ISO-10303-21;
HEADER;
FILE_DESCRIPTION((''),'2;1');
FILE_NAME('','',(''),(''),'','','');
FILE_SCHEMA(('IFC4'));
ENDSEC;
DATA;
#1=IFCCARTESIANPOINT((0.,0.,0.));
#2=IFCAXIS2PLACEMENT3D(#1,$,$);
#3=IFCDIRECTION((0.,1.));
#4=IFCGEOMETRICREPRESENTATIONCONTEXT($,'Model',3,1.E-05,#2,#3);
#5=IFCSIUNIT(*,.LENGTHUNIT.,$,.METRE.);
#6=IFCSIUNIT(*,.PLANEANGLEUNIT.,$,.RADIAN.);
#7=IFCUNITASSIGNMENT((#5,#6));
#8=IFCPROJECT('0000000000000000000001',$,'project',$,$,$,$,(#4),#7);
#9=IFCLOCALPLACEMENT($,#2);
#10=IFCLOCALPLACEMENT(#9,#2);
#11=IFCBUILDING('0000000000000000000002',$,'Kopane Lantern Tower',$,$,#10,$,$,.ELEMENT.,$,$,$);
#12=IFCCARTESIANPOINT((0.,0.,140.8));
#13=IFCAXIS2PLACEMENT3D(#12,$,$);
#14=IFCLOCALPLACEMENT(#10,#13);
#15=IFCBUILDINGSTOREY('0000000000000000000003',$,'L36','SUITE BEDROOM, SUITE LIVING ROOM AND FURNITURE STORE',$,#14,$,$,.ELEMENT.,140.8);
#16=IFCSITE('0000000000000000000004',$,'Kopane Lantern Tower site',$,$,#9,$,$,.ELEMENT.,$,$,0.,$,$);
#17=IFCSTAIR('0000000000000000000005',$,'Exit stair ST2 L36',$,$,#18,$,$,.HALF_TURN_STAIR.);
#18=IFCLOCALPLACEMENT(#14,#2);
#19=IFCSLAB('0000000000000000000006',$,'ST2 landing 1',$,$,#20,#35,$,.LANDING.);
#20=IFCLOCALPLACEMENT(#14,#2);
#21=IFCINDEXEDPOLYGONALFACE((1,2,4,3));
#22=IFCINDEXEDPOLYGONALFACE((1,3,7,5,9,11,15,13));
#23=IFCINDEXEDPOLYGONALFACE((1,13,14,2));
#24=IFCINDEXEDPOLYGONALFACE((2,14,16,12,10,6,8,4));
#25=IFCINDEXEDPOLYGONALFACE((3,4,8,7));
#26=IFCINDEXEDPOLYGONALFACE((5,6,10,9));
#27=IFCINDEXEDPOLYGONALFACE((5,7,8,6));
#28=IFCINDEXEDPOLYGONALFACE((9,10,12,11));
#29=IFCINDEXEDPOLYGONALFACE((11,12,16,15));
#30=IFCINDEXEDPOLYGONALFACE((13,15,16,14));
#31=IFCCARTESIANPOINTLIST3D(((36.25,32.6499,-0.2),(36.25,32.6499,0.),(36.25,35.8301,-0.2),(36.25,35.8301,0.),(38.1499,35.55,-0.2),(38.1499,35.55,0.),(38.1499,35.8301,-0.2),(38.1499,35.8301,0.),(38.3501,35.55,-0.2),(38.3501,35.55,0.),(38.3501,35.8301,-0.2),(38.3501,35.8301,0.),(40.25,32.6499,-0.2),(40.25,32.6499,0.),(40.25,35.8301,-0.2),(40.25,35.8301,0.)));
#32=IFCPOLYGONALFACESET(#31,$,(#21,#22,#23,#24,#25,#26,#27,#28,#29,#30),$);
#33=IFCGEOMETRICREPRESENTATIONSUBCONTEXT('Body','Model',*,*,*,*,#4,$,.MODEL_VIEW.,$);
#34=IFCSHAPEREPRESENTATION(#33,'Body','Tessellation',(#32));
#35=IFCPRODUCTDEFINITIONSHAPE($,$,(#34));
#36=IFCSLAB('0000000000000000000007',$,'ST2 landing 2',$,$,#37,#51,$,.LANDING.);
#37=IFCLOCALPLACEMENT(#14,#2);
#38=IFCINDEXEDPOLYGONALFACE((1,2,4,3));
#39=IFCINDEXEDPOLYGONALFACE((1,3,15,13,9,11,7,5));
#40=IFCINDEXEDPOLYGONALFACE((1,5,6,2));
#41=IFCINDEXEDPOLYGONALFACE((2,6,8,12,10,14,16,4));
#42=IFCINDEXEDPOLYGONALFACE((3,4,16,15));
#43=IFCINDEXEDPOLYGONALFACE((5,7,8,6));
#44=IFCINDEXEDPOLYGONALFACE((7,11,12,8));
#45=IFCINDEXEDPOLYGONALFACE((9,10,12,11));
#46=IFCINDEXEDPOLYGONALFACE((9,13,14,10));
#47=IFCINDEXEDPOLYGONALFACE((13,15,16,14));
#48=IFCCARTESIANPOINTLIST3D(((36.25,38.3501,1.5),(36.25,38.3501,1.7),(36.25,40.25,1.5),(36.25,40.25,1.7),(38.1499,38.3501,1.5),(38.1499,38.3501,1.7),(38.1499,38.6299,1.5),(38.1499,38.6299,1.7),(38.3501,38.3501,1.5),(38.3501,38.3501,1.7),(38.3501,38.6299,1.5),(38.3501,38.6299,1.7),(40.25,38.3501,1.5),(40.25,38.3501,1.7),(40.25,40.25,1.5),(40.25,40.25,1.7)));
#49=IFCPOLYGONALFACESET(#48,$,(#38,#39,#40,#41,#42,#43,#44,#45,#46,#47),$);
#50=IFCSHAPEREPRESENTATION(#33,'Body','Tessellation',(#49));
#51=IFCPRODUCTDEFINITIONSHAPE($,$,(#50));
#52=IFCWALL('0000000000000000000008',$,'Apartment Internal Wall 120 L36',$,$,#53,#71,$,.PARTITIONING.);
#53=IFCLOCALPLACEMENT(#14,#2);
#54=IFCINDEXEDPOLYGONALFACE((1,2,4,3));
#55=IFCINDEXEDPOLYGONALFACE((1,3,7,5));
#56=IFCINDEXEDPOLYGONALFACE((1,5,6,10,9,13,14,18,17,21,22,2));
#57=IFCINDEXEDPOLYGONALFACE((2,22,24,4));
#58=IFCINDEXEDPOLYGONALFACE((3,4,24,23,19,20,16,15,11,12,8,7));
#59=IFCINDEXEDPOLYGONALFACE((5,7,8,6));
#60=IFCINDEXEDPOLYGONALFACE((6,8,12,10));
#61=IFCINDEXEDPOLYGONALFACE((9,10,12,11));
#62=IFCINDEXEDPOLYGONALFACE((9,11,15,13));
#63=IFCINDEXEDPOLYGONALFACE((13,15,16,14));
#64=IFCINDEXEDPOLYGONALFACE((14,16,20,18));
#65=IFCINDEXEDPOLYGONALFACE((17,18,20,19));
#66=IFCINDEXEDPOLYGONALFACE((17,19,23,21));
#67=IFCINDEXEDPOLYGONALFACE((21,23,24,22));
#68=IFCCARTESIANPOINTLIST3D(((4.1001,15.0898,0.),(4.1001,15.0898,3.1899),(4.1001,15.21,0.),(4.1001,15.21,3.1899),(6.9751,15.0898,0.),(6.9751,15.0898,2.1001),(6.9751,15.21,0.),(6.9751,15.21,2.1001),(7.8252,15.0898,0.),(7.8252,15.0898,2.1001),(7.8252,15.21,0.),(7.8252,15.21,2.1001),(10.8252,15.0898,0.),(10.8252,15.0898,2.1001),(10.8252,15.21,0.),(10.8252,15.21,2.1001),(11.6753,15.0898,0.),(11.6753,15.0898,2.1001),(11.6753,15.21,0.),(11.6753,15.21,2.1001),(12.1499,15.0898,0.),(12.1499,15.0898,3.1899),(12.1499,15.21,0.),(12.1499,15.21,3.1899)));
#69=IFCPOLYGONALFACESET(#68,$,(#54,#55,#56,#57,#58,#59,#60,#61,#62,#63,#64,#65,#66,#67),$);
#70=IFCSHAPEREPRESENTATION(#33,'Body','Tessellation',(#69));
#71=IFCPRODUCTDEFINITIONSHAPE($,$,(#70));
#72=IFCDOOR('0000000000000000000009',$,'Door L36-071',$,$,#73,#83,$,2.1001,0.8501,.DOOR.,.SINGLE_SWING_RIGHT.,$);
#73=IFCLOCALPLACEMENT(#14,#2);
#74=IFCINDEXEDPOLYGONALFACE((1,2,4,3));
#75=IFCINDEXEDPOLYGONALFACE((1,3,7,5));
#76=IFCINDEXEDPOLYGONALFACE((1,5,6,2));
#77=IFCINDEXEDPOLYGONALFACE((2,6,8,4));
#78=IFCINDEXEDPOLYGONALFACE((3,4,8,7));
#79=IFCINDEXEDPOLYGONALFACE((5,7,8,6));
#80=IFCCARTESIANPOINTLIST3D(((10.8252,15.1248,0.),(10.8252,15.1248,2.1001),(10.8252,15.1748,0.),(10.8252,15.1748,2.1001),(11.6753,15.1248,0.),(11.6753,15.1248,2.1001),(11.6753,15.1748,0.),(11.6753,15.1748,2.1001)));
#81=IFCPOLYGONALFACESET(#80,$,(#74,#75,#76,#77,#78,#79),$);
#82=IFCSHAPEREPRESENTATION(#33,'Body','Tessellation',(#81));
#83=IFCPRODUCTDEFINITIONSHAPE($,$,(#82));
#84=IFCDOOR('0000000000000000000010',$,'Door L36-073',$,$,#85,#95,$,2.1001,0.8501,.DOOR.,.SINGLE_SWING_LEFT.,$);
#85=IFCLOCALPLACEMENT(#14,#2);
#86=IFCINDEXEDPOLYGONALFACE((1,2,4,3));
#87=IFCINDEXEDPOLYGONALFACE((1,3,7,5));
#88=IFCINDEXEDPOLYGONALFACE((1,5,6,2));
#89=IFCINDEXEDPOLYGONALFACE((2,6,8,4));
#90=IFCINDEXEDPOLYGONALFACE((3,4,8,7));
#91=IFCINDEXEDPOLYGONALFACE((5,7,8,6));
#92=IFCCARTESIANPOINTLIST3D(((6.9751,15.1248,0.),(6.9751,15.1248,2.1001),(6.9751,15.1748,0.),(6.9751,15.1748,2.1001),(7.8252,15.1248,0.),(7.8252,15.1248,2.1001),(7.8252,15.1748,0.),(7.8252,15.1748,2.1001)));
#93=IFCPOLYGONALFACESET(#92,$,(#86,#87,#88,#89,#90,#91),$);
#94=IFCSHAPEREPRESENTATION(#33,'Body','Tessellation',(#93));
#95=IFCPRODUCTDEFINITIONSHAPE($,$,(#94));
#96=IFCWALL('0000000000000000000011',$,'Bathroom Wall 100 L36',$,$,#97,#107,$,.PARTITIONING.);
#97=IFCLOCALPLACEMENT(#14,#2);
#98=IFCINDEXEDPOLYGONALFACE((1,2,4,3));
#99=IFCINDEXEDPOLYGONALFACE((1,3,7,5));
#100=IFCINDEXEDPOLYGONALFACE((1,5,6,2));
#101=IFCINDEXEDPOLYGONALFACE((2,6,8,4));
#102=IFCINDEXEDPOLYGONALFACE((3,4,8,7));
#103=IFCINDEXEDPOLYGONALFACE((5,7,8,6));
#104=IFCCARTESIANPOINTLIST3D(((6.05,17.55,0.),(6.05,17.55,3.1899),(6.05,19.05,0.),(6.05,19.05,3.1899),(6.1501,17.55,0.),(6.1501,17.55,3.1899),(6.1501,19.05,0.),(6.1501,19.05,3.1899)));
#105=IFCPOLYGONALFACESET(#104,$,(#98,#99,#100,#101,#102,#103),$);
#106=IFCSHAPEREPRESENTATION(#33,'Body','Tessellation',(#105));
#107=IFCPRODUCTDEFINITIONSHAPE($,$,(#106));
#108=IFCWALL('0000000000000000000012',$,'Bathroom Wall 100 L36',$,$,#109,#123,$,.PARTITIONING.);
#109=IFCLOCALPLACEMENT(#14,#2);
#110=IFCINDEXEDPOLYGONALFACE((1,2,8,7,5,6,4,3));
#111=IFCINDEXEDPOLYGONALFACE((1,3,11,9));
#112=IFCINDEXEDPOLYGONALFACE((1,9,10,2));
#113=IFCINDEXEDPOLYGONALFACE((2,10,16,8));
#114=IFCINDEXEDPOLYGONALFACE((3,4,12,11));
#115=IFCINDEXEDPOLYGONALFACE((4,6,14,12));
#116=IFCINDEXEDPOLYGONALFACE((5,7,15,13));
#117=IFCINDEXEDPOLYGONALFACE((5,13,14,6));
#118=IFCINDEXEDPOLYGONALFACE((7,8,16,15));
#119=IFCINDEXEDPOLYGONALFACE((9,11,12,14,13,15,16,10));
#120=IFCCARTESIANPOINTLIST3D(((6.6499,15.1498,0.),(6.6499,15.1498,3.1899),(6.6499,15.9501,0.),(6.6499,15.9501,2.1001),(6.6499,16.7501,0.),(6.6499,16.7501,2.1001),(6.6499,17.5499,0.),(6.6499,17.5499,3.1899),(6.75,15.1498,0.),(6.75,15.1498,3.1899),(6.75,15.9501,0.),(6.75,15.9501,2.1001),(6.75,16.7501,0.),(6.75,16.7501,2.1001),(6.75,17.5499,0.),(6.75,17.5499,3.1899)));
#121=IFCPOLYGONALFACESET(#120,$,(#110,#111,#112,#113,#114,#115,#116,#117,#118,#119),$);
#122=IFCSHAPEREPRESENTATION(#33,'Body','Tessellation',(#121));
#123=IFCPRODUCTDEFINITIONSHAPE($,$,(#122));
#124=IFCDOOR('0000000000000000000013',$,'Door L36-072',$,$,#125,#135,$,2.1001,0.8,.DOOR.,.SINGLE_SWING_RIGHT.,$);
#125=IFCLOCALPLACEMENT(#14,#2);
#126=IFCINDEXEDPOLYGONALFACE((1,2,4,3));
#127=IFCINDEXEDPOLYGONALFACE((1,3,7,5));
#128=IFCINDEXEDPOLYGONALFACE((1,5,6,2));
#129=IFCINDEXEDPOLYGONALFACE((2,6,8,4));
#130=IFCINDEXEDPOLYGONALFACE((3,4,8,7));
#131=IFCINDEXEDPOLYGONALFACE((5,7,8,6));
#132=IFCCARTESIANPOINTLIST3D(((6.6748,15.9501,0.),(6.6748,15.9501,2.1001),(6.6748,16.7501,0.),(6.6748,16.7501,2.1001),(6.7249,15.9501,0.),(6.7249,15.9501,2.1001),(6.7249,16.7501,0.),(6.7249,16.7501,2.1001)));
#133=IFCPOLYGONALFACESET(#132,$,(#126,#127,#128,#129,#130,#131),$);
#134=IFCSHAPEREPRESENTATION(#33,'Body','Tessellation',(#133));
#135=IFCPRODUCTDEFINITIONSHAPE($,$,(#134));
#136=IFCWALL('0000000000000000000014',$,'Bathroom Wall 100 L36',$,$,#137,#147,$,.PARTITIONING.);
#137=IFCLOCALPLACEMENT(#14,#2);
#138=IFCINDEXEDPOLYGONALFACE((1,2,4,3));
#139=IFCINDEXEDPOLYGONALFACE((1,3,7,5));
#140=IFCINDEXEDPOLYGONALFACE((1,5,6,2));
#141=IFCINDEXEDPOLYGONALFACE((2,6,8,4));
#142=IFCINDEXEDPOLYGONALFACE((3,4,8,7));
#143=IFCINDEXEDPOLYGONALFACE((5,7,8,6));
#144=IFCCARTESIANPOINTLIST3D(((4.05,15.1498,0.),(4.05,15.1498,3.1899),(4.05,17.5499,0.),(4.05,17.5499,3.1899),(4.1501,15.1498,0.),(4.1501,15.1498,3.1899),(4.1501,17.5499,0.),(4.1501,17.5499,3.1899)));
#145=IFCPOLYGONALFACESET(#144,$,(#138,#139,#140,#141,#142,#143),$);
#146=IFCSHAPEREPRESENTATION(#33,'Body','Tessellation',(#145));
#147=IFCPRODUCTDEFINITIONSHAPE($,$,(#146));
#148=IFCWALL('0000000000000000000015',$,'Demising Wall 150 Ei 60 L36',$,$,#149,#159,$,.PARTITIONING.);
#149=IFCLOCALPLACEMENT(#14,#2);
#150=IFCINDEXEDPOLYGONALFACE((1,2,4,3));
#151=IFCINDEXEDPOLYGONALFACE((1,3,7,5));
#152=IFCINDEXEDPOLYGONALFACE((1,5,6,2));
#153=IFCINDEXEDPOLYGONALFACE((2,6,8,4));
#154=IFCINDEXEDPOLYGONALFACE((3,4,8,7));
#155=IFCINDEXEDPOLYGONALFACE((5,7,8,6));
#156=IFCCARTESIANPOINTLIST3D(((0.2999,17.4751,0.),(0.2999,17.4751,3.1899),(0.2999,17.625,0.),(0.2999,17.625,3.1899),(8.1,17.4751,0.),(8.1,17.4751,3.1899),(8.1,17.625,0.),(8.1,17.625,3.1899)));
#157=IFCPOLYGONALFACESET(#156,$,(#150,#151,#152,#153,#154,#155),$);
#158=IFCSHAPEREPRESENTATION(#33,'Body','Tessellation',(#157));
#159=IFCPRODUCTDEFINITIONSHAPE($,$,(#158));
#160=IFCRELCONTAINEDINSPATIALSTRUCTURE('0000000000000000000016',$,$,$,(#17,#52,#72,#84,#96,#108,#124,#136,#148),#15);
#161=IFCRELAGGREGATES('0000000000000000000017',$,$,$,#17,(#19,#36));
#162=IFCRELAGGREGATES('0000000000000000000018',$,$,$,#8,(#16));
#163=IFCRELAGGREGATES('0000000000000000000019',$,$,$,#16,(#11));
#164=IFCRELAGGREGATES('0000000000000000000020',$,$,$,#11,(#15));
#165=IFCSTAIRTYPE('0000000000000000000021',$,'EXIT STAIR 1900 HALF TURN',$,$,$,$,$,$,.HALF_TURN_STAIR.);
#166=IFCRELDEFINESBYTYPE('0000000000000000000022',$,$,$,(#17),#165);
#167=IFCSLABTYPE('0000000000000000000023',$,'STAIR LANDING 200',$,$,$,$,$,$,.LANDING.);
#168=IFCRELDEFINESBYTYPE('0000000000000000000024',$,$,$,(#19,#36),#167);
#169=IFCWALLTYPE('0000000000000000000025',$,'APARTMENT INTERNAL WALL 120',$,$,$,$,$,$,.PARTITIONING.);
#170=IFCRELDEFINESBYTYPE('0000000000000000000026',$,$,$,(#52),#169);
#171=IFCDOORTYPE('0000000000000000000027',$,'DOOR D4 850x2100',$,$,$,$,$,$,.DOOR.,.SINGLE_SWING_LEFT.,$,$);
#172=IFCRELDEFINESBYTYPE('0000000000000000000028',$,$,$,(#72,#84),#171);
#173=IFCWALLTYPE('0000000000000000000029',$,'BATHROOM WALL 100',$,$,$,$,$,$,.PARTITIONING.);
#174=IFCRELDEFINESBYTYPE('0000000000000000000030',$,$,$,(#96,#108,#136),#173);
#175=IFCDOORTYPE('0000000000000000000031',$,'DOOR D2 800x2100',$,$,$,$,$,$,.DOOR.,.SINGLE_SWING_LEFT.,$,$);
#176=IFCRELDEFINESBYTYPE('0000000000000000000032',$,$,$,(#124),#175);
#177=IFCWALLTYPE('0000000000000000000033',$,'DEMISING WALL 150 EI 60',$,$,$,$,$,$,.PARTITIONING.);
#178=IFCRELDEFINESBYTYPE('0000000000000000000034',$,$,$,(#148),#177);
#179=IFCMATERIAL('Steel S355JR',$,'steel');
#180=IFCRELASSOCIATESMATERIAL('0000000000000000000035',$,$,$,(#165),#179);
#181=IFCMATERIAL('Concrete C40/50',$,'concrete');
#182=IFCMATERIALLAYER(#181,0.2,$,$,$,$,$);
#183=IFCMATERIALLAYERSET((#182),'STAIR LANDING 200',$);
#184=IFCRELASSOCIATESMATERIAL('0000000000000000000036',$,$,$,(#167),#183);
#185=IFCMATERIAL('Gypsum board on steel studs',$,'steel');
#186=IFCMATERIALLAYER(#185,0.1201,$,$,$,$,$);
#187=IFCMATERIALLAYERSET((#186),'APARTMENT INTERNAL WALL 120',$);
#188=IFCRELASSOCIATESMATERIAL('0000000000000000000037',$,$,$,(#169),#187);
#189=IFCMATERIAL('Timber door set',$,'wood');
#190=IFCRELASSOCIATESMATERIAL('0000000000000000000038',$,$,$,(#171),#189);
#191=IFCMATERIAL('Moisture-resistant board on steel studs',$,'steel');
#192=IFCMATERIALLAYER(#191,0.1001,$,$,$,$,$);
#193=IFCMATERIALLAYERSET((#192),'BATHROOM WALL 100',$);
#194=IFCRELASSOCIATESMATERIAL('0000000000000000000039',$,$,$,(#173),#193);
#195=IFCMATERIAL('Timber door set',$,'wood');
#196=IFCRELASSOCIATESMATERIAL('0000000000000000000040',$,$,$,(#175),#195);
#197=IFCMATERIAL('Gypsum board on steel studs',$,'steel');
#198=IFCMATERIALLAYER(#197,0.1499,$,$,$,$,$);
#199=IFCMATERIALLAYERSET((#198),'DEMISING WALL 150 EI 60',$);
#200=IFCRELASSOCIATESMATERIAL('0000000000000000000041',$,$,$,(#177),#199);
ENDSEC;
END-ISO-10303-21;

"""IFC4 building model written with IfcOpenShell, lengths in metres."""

from ifc_helpers import new_model, si_unit, direction, frame, frame_2d, origin, place, context, subcontext, project, spatial, polyline, rectangle, outline, extrude, material, layer, layer_set, type_object, element, fill, aggregate, save


model = new_model("IFC4")

# Units and contexts
model_context = context("Model", 3, precision=1e-05, world=origin(), true_north=direction((0.0, 1.0)))
body_context = subcontext(model_context, "Body", "Model", "MODEL_VIEW")
ifc_project = project(units=[si_unit("LENGTHUNIT", "METRE"), si_unit("PLANEANGLEUNIT", "RADIAN")], contexts=[model_context])

# Site, building, storey
site_placement = place(None, origin())
site = spatial("IfcSite", under=ifc_project, at=site_placement, Name="Kopane Lantern Tower site", CompositionType="ELEMENT", RefElevation=0.0)
building_placement = place(site_placement, origin())
building = spatial("IfcBuilding", under=site, at=building_placement, Name="Kopane Lantern Tower", CompositionType="ELEMENT")
storey_placement = place(building_placement, frame((0.0, 0.0, 140.8)))
storey = spatial("IfcBuildingStorey", under=building, at=storey_placement, Name="L36", Description="SUITE BEDROOM, SUITE LIVING ROOM AND FURNITURE STORE", CompositionType="ELEMENT", Elevation=140.8)

# Stair, slabs
ifc_material_1 = material(Name="Steel S355JR", Category="steel")
stair_type = type_object("IfcStairType", Name="EXIT STAIR 1900 HALF TURN", PredefinedType="HALF_TURN_STAIR", material=ifc_material_1)
ifc_material_2 = material(Name="Concrete C40/50", Category="concrete")
ifc_layer_1 = layer(ifc_material_2, 0.2)
ifc_layer_set_1 = layer_set([ifc_layer_1], Name="STAIR LANDING 200")
slab_type_1 = type_object("IfcSlabType", Name="STAIR LANDING 200", PredefinedType="LANDING", material=ifc_layer_set_1)
stair_1_placement = place(storey_placement, origin())
stair_1 = element("IfcStair", 1, at=stair_1_placement, inside=storey, type_object=stair_type, Name="Exit stair ST2 L36", PredefinedType="HALF_TURN_STAIR")
slab_1_placement = place(storey_placement, frame((0.0, 0.0, -0.2)))
slab_1 = element("IfcSlab", 2, at=slab_1_placement, type_object=slab_type_1, Name="ST2 landing 1", PredefinedType="LANDING", context=body_context, shape_type="SweptSolid", body=[
    extrude(outline(polyline([(40.25, 35.8301), (38.3501, 35.8301), (38.3501, 35.55), (38.1499, 35.55), (38.1499, 35.8301), (36.25, 35.8301), (36.25, 32.6499), (40.25, 32.6499), (40.25, 35.8301)])), origin(), (0.0, 0.0, 1.0), 0.2),
])
slab_2_placement = place(storey_placement, frame((0.0, 0.0, 1.5)))
slab_2 = element("IfcSlab", 3, at=slab_2_placement, type_object=slab_type_1, Name="ST2 landing 2", PredefinedType="LANDING", context=body_context, shape_type="SweptSolid", body=[
    extrude(outline(polyline([(38.1499, 38.6299), (38.3501, 38.6299), (38.3501, 38.3501), (40.25, 38.3501), (40.25, 40.25), (36.25, 40.25), (36.25, 38.3501), (38.1499, 38.3501), (38.1499, 38.6299)])), origin(), (0.0, 0.0, 1.0), 0.2),
])
aggregate(stair_1, [slab_1, slab_2])

# Wall, openings, doors
ifc_material_3 = material(Name="Gypsum board on steel studs", Category="steel")
ifc_layer_2 = layer(ifc_material_3, 0.1201)
ifc_layer_set_2 = layer_set([ifc_layer_2], Name="APARTMENT INTERNAL WALL 120")
wall_type_1 = type_object("IfcWallType", Name="APARTMENT INTERNAL WALL 120", PredefinedType="PARTITIONING", material=ifc_layer_set_2)
wall_1_placement = place(storey_placement, frame((4.1001, 15.1499, 0.0), z_axis=(0.0, 0.0, 1.0), x_axis=(1.0, 0.0, 0.0)))
wall_1 = element("IfcWall", 4, at=wall_1_placement, inside=storey, type_object=wall_type_1, Name="Apartment Internal Wall 120 L36", PredefinedType="PARTITIONING", context=body_context, shape_type="SweptSolid", body=[
    extrude(rectangle(XDim=8.0498, YDim=0.1201, at=frame_2d((4.0249, 0.0))), origin(), (0.0, 0.0, 1.0), 3.1899),
])
opening_1_placement = place(wall_1_placement, frame((6.7251, 0.0, 0.0)))
opening_1 = element("IfcOpeningElement", 5, at=opening_1_placement, cuts=wall_1, PredefinedType="OPENING", context=body_context, shape_type="SweptSolid", body=[
    extrude(rectangle(XDim=0.8501, YDim=2.1001, at=frame_2d((0.425, 1.05))), frame((0.0, 0.0701, 0.0), z_axis=(0.0, -1.0, 0.0), x_axis=(1.0, 0.0, 0.0)), (0.0, 0.0, 1.0), 0.1401),
])
opening_2_placement = place(wall_1_placement, frame((2.875, 0.0, 0.0)))
opening_2 = element("IfcOpeningElement", 6, at=opening_2_placement, cuts=wall_1, PredefinedType="OPENING", context=body_context, shape_type="SweptSolid", body=[
    extrude(rectangle(XDim=0.8501, YDim=2.1001, at=frame_2d((0.425, 1.05))), frame((0.0, 0.0701, 0.0), z_axis=(0.0, -1.0, 0.0), x_axis=(1.0, 0.0, 0.0)), (0.0, 0.0, 1.0), 0.1401),
])
ifc_material_4 = material(Name="Timber door set", Category="wood")
door_type_1 = type_object("IfcDoorType", Name="DOOR D4 850x2100", OperationType="SINGLE_SWING_LEFT", PredefinedType="DOOR", material=ifc_material_4)
door_1_placement = place(opening_1_placement, origin())
door_1 = element("IfcDoor", 7, at=door_1_placement, inside=storey, type_object=door_type_1, Name="Door L36-071", OperationType="SINGLE_SWING_RIGHT", OverallHeight=2.1001, OverallWidth=0.8501, PredefinedType="DOOR", context=body_context, shape_type="SweptSolid", body=[
    extrude(rectangle(XDim=0.8501, YDim=2.1001, at=frame_2d((0.425, 1.05))), frame((0.0, 0.0249, 0.0), z_axis=(0.0, -1.0, 0.0), x_axis=(1.0, 0.0, 0.0)), (0.0, 0.0, 1.0), 0.05),
])
fill(opening_1, door_1)
door_2_placement = place(opening_2_placement, origin())
door_2 = element("IfcDoor", 8, at=door_2_placement, inside=storey, type_object=door_type_1, Name="Door L36-073", OperationType="SINGLE_SWING_LEFT", OverallHeight=2.1001, OverallWidth=0.8501, PredefinedType="DOOR", context=body_context, shape_type="SweptSolid", body=[
    extrude(rectangle(XDim=0.8501, YDim=2.1001, at=frame_2d((0.425, 1.05))), frame((0.0, 0.0249, 0.0), z_axis=(0.0, -1.0, 0.0), x_axis=(1.0, 0.0, 0.0)), (0.0, 0.0, 1.0), 0.05),
])
fill(opening_2, door_2)

# Wall
ifc_material_5 = material(Name="Moisture-resistant board on steel studs", Category="steel")
ifc_layer_3 = layer(ifc_material_5, 0.1001)
ifc_layer_set_3 = layer_set([ifc_layer_3], Name="BATHROOM WALL 100")
wall_type_2 = type_object("IfcWallType", Name="BATHROOM WALL 100", PredefinedType="PARTITIONING", material=ifc_layer_set_3)
wall_2_placement = place(storey_placement, frame((6.1001, 17.55, 0.0), z_axis=(0.0, 0.0, 1.0), x_axis=(0.0, 1.0, 0.0)))
element("IfcWall", 9, at=wall_2_placement, inside=storey, type_object=wall_type_2, Name="Bathroom Wall 100 L36", PredefinedType="PARTITIONING", context=body_context, shape_type="SweptSolid", body=[
    extrude(rectangle(XDim=1.5, YDim=0.1001, at=frame_2d((0.75, 0.0))), origin(), (0.0, 0.0, 1.0), 3.1899),
])

# Wall, opening, door
wall_3_placement = place(storey_placement, frame((6.7, 17.55, 0.0), z_axis=(0.0, 0.0, 1.0), x_axis=(0.0, -1.0, 0.0)))
wall_3 = element("IfcWall", 10, at=wall_3_placement, inside=storey, type_object=wall_type_2, Name="Bathroom Wall 100 L36", PredefinedType="PARTITIONING", context=body_context, shape_type="SweptSolid", body=[
    extrude(rectangle(XDim=2.4001, YDim=0.1001, at=frame_2d((1.2002, 0.0))), origin(), (0.0, 0.0, 1.0), 3.1899),
])
opening_3_placement = place(wall_3_placement, frame((0.8, 0.0, 0.0)))
opening_3 = element("IfcOpeningElement", 11, at=opening_3_placement, cuts=wall_3, PredefinedType="OPENING", context=body_context, shape_type="SweptSolid", body=[
    extrude(rectangle(XDim=0.8, YDim=2.1001, at=frame_2d((0.3999, 1.05))), frame((0.0, 0.0601, 0.0), z_axis=(0.0, -1.0, 0.0), x_axis=(1.0, 0.0, 0.0)), (0.0, 0.0, 1.0), 0.1201),
])
ifc_material_6 = material(Name="Timber door set", Category="wood")
door_type_2 = type_object("IfcDoorType", Name="DOOR D2 800x2100", OperationType="SINGLE_SWING_LEFT", PredefinedType="DOOR", material=ifc_material_6)
door_3_placement = place(opening_3_placement, origin())
door_3 = element("IfcDoor", 12, at=door_3_placement, inside=storey, type_object=door_type_2, Name="Door L36-072", OperationType="SINGLE_SWING_RIGHT", OverallHeight=2.1001, OverallWidth=0.8, PredefinedType="DOOR", context=body_context, shape_type="SweptSolid", body=[
    extrude(rectangle(XDim=0.8, YDim=2.1001, at=frame_2d((0.3999, 1.05))), frame((0.0, 0.0249, 0.0), z_axis=(0.0, -1.0, 0.0), x_axis=(1.0, 0.0, 0.0)), (0.0, 0.0, 1.0), 0.05),
])
fill(opening_3, door_3)

# Walls
wall_4_placement = place(storey_placement, frame((4.1001, 17.55, 0.0), z_axis=(0.0, 0.0, 1.0), x_axis=(0.0, -1.0, 0.0)))
element("IfcWall", 13, at=wall_4_placement, inside=storey, type_object=wall_type_2, Name="Bathroom Wall 100 L36", PredefinedType="PARTITIONING", context=body_context, shape_type="SweptSolid", body=[
    extrude(rectangle(XDim=2.4001, YDim=0.1001, at=frame_2d((1.2002, 0.0))), origin(), (0.0, 0.0, 1.0), 3.1899),
])
ifc_material_7 = material(Name="Gypsum board on steel studs", Category="steel")
ifc_layer_4 = layer(ifc_material_7, 0.1499)
ifc_layer_set_4 = layer_set([ifc_layer_4], Name="DEMISING WALL 150 EI 60")
wall_type_3 = type_object("IfcWallType", Name="DEMISING WALL 150 EI 60", PredefinedType="PARTITIONING", material=ifc_layer_set_4)
wall_5_placement = place(storey_placement, frame((0.3, 17.55, 0.0), z_axis=(0.0, 0.0, 1.0), x_axis=(1.0, 0.0, 0.0)))
element("IfcWall", 14, at=wall_5_placement, inside=storey, type_object=wall_type_3, Name="Demising Wall 150 Ei 60 L36", PredefinedType="PARTITIONING", context=body_context, shape_type="SweptSolid", body=[
    extrude(rectangle(XDim=7.8, YDim=0.1499, at=frame_2d((3.8999, 0.0))), origin(), (0.0, 0.0, 1.0), 3.1899),
])

save(model, "model.ifc")
